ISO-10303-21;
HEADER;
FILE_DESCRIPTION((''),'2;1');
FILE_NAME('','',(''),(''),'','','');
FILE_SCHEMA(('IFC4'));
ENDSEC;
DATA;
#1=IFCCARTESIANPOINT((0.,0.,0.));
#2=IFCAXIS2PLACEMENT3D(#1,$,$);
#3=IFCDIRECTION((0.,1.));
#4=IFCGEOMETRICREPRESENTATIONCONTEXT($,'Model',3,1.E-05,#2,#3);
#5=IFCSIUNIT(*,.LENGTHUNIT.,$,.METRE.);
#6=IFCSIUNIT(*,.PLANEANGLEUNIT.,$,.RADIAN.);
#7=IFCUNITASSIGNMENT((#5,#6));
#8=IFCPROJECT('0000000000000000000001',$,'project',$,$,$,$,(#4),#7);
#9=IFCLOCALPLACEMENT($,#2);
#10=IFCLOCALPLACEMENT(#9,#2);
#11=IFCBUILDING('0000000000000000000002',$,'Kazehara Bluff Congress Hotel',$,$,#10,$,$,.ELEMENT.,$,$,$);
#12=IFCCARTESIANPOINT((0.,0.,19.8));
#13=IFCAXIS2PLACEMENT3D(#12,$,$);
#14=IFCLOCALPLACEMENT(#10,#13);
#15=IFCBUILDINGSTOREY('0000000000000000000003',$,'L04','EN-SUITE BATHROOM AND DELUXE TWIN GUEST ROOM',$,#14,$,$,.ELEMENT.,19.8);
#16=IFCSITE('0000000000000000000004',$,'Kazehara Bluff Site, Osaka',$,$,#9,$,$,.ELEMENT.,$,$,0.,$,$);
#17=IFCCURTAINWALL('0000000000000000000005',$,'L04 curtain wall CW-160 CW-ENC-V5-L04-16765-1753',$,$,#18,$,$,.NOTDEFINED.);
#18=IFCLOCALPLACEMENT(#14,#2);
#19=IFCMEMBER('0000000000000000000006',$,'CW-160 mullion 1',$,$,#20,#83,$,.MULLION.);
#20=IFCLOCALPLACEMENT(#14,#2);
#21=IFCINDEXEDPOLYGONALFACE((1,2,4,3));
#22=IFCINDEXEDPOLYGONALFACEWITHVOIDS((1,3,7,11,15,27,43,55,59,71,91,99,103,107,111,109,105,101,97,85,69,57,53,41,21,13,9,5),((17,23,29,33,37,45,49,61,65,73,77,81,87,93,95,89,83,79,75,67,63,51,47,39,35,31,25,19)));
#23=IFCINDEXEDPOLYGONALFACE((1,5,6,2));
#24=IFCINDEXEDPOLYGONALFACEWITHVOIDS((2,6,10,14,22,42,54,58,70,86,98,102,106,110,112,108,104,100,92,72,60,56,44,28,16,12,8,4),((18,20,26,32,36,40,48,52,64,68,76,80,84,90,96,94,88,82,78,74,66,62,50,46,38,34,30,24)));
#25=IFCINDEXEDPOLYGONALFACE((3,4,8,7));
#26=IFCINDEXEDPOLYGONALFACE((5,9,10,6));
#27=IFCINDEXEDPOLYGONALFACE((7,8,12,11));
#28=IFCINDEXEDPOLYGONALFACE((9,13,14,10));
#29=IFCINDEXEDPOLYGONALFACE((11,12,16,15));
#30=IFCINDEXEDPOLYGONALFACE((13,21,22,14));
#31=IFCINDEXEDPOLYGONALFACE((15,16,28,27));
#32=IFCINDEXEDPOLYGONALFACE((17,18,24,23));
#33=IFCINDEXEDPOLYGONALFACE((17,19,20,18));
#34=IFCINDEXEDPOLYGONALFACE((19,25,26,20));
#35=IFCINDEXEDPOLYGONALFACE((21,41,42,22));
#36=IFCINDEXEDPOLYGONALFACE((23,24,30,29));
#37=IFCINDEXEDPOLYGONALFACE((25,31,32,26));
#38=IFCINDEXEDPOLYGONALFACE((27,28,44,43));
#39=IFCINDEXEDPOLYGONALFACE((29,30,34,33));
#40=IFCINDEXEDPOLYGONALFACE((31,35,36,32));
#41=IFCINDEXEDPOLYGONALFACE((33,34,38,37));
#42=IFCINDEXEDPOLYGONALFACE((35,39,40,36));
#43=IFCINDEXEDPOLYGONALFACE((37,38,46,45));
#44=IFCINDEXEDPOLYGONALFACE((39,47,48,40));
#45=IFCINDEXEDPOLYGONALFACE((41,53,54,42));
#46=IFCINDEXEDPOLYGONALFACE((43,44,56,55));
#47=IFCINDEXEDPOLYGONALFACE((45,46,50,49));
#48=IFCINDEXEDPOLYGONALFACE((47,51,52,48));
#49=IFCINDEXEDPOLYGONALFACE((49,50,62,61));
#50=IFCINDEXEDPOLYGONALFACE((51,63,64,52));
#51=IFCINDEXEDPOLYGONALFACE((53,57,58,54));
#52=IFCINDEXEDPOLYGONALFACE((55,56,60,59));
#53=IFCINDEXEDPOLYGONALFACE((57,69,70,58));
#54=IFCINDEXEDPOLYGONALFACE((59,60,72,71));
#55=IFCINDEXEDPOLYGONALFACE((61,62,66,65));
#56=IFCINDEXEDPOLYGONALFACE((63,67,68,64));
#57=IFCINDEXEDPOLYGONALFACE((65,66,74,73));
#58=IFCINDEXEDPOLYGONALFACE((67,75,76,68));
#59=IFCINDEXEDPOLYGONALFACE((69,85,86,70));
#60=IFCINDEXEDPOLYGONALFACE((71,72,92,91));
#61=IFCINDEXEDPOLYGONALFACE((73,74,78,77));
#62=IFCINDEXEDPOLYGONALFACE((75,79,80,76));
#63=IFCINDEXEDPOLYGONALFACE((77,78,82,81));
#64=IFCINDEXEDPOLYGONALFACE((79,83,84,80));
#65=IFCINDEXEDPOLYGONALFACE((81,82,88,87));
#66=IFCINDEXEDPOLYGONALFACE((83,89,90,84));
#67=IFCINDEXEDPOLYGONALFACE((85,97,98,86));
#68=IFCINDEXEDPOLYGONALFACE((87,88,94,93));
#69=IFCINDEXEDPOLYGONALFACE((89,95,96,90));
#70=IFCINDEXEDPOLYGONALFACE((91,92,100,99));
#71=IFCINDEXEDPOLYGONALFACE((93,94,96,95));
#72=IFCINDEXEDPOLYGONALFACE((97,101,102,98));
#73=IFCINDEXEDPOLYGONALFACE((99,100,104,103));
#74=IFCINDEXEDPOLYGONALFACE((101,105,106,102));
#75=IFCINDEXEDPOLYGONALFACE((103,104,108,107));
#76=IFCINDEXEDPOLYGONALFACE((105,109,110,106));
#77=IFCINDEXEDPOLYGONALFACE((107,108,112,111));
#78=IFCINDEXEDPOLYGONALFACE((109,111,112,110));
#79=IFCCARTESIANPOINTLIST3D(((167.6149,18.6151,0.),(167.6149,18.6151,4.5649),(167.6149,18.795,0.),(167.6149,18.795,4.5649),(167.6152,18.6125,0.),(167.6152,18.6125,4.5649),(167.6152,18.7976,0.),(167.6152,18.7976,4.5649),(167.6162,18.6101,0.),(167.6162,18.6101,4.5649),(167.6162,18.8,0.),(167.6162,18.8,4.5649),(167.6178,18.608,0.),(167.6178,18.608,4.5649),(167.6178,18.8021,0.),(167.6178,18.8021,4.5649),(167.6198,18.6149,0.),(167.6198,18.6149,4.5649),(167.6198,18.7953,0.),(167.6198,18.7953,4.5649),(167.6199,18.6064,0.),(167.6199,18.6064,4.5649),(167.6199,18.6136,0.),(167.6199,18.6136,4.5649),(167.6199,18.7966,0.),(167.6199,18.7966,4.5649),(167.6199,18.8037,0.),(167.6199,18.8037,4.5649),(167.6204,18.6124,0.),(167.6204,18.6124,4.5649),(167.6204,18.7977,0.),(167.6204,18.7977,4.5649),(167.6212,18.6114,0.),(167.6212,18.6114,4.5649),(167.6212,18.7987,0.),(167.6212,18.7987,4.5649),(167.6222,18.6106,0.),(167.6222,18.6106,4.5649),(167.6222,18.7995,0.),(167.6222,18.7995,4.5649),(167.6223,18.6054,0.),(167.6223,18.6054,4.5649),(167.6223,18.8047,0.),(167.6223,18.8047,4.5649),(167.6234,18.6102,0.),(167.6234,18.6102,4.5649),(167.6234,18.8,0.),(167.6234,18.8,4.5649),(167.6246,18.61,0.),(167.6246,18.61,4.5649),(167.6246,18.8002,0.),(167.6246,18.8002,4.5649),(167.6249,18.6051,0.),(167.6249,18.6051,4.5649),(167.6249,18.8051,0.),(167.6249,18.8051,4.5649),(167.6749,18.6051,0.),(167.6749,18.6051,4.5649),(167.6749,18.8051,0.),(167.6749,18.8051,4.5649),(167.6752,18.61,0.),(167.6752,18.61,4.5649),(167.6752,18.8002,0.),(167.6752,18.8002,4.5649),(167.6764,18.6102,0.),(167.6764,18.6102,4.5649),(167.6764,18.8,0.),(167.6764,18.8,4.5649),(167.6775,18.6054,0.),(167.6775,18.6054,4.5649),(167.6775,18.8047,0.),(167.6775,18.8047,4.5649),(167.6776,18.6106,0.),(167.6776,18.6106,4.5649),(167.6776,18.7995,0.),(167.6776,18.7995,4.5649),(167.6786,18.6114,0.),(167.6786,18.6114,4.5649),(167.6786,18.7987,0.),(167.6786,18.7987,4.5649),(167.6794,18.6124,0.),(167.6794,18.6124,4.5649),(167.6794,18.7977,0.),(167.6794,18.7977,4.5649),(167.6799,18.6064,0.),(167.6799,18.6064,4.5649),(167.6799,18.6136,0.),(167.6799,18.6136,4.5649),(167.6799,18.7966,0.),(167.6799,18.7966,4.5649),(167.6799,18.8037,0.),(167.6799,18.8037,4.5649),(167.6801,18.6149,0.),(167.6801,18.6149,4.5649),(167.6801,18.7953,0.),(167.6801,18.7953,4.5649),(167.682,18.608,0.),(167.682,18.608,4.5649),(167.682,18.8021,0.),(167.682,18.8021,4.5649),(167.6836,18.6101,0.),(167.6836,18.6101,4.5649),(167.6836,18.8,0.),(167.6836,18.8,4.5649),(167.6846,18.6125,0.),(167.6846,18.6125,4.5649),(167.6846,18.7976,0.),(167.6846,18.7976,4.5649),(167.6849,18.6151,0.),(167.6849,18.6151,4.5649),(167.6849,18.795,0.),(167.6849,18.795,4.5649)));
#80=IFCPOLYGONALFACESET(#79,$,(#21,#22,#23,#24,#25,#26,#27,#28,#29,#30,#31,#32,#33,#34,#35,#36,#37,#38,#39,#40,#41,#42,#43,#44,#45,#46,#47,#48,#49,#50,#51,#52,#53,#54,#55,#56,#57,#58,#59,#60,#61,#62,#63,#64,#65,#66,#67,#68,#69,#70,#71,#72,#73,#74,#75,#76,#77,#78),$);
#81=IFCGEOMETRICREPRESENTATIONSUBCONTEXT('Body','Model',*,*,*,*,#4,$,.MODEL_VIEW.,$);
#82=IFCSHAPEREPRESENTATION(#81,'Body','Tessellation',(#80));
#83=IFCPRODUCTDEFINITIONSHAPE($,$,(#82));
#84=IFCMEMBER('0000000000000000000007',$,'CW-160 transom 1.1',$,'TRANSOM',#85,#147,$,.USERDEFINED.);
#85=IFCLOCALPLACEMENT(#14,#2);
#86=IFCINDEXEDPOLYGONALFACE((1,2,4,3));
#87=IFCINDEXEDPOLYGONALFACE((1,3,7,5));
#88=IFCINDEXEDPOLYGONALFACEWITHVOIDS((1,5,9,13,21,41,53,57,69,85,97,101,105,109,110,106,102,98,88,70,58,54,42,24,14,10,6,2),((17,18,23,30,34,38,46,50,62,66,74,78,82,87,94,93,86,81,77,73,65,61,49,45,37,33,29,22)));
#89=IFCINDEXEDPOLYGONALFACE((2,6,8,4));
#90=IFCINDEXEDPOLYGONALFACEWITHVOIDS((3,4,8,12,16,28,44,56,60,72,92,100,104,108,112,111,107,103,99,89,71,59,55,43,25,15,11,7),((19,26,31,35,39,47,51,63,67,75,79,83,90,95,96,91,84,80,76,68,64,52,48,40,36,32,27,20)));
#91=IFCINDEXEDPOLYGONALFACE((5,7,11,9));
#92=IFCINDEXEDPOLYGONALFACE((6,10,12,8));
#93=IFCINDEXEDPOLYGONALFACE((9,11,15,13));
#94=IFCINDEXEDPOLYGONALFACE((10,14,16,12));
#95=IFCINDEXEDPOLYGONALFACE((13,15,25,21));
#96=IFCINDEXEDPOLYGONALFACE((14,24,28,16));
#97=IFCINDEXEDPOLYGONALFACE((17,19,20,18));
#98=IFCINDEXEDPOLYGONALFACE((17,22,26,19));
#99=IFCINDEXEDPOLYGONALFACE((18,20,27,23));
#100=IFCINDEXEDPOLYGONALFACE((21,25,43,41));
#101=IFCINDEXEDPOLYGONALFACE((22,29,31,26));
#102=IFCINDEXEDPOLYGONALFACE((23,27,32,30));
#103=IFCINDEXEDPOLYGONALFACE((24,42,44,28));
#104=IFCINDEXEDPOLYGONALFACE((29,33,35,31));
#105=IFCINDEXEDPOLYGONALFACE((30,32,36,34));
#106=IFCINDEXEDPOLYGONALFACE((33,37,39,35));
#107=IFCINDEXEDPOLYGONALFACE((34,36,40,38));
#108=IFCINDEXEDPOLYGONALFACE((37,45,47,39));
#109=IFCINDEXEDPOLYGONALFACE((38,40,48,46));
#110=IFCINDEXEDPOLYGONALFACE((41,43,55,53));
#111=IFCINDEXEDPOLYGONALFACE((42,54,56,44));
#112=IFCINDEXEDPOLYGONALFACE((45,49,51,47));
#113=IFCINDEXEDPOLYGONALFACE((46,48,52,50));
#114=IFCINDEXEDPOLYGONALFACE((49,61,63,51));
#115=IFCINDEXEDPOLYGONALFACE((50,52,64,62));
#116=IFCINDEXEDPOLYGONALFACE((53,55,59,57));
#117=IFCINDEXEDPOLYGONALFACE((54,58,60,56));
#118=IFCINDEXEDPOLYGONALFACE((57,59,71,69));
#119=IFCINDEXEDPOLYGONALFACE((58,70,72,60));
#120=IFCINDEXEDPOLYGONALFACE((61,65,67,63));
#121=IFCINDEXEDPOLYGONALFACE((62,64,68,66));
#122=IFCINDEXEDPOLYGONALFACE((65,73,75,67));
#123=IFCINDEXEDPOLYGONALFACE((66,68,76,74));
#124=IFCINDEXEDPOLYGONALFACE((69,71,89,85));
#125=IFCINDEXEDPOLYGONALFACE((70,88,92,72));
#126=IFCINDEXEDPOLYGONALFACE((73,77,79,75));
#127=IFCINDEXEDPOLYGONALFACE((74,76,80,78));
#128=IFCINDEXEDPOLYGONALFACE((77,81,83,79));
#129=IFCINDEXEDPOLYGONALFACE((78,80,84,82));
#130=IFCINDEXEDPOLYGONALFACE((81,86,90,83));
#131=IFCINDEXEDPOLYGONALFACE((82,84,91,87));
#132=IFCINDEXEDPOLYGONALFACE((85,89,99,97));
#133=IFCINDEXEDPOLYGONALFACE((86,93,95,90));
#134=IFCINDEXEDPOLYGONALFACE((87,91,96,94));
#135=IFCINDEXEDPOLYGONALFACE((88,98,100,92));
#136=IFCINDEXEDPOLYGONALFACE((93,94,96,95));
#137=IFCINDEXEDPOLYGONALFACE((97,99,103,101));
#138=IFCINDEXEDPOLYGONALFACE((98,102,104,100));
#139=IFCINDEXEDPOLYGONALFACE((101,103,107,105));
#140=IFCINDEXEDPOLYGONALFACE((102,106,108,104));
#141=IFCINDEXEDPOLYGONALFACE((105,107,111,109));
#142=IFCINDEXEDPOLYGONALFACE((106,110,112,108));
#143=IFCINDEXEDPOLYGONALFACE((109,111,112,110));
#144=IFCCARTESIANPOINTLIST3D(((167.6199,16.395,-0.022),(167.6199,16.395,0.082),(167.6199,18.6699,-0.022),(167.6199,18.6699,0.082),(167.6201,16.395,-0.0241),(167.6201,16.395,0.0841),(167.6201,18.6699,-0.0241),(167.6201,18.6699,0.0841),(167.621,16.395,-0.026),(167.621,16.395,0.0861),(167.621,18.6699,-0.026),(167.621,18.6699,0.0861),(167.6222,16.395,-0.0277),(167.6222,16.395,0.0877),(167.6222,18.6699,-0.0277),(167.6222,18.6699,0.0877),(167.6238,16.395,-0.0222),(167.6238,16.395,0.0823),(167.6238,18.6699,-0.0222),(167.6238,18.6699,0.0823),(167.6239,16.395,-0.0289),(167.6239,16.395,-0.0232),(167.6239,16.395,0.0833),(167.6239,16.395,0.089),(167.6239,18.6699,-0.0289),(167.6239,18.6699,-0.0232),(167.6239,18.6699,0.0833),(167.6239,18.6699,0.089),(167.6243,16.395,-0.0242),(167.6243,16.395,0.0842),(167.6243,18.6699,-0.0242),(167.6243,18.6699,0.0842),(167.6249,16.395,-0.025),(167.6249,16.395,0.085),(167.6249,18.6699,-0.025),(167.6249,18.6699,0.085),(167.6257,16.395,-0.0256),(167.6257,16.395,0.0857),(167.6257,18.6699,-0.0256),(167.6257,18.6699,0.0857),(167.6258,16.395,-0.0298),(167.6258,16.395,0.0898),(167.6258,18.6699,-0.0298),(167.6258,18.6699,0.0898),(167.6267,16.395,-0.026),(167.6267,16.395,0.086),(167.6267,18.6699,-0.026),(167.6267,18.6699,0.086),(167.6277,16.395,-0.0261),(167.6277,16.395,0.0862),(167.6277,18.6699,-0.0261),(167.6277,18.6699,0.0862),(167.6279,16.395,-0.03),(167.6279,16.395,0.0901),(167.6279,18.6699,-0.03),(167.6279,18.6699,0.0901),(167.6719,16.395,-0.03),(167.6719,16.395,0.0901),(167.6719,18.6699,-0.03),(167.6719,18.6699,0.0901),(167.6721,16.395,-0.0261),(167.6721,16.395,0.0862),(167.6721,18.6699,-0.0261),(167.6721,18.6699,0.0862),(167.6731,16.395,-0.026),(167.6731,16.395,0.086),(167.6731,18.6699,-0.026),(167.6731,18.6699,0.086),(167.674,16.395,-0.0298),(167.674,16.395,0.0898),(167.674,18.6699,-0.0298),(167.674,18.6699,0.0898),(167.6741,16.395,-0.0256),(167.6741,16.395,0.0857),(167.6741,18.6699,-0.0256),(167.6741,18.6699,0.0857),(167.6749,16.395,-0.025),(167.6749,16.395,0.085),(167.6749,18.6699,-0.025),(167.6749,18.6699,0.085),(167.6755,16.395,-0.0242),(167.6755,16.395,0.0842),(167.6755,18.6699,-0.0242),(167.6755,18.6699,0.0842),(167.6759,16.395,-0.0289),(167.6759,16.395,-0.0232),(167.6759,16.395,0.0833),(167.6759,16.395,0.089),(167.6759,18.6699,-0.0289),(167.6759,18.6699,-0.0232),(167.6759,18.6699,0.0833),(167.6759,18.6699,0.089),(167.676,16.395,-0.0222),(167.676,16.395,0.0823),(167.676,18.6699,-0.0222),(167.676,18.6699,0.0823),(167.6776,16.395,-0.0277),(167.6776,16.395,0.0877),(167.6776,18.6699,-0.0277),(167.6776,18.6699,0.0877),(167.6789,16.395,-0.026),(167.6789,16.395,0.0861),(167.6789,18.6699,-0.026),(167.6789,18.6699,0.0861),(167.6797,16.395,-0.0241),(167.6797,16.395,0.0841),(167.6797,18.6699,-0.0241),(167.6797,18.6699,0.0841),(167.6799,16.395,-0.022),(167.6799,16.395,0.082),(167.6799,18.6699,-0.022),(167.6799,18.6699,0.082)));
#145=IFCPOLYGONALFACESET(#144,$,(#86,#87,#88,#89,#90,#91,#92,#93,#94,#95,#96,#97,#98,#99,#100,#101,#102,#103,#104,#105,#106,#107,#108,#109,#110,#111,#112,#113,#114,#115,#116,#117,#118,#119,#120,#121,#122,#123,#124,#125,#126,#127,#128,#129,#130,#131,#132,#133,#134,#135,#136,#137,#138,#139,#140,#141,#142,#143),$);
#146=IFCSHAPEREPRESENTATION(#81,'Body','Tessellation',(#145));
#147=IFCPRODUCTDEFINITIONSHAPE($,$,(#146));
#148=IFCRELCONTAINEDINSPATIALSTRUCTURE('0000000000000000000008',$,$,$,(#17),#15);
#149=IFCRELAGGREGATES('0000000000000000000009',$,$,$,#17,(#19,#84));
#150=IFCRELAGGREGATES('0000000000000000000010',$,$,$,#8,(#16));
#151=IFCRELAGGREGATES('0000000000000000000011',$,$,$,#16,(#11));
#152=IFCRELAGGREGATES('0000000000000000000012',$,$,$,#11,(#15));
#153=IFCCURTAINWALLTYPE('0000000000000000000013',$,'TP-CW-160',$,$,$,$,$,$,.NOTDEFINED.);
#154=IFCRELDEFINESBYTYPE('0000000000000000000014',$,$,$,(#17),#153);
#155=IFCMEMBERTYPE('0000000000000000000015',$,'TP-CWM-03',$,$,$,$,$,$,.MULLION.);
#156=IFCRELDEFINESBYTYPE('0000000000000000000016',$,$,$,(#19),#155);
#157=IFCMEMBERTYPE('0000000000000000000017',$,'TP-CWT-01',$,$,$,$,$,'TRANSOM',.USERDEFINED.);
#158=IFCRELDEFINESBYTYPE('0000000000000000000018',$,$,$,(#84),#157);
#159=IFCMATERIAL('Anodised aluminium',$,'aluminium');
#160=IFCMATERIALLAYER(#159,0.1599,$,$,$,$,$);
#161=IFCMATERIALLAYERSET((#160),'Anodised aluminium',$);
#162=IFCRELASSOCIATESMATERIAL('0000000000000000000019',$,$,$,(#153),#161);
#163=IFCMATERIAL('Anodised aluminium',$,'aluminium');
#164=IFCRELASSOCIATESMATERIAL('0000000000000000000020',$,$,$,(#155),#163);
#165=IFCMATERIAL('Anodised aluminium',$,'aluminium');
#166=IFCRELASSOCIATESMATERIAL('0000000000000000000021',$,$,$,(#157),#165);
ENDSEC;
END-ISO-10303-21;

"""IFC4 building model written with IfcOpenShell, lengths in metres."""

from ifc_helpers import new_model, si_unit, direction, frame, origin, origin_2d, place, context, subcontext, project, spatial, hollow_rectangle, extrude, material, layer, layer_set, material_profile, profile_set, type_object, element, aggregate, save


model = new_model("IFC4")

# Units and contexts
model_context = context("Model", 3, precision=1e-05, world=origin(), true_north=direction((0.0, 1.0)))
body_context = subcontext(model_context, "Body", "Model", "MODEL_VIEW")
ifc_project = project(units=[si_unit("LENGTHUNIT", "METRE"), si_unit("PLANEANGLEUNIT", "RADIAN")], contexts=[model_context])

# Site, building, storey
site_placement = place(None, origin())
site = spatial("IfcSite", under=ifc_project, at=site_placement, Name="Kazehara Bluff Site, Osaka", CompositionType="ELEMENT", RefElevation=0.0)
building_placement = place(site_placement, origin())
building = spatial("IfcBuilding", under=site, at=building_placement, Name="Kazehara Bluff Congress Hotel", CompositionType="ELEMENT")
storey_placement = place(building_placement, frame((0.0, 0.0, 19.8)))
storey = spatial("IfcBuildingStorey", under=building, at=storey_placement, Name="L04", Description="EN-SUITE BATHROOM AND DELUXE TWIN GUEST ROOM", CompositionType="ELEMENT", Elevation=19.8)

# Curtain wall, members
ifc_material_1 = material(Name="Anodised aluminium", Category="aluminium")
ifc_layer_1 = layer(ifc_material_1, 0.1599)
ifc_layer_set_1 = layer_set([ifc_layer_1], Name="Anodised aluminium")
curtain_wall_type = type_object("IfcCurtainWallType", Name="TP-CW-160", PredefinedType="NOTDEFINED", material=ifc_layer_set_1)
curtain_wall_placement = place(storey_placement, origin())
curtain_wall = element("IfcCurtainWall", 1, at=curtain_wall_placement, inside=storey, type_object=curtain_wall_type, Name="L04 curtain wall CW-160 CW-ENC-V5-L04-16765-1753", PredefinedType="NOTDEFINED")
ifc_material_2 = material(Name="Anodised aluminium", Category="aluminium")
ifc_material_profile_1 = material_profile(ifc_material_2, hollow_rectangle(XDim=0.0701, YDim=0.2, WallThickness=0.0049, InnerFilletRadius=0.0049, OuterFilletRadius=0.01, at=origin_2d()))
ifc_profile_set_1 = profile_set([ifc_material_profile_1], Name="Anodised aluminium")
member_type_1 = type_object("IfcMemberType", Name="TP-CWM-03", PredefinedType="MULLION", material=ifc_profile_set_1)
member_1_placement = place(storey_placement, frame((167.6499, 18.7051, 0.0), z_axis=(0.0, 0.0, 1.0), x_axis=(1.0, 0.0, 0.0)))
member_1 = element("IfcMember", 2, at=member_1_placement, type_object=member_type_1, Name="CW-160 mullion 1", PredefinedType="MULLION", context=body_context, shape_type="SweptSolid", body=[
    extrude(hollow_rectangle(XDim=0.0701, YDim=0.2, WallThickness=0.0049, InnerFilletRadius=0.0049, OuterFilletRadius=0.01, at=origin_2d()), origin(), (0.0, 0.0, 1.0), 4.5649),
])
ifc_material_3 = material(Name="Anodised aluminium", Category="aluminium")
ifc_material_profile_2 = material_profile(ifc_material_3, hollow_rectangle(XDim=0.0601, YDim=0.1201, WallThickness=0.0039, InnerFilletRadius=0.0039, OuterFilletRadius=0.0081, at=origin_2d()))
ifc_profile_set_2 = profile_set([ifc_material_profile_2], Name="Anodised aluminium")
member_type_2 = type_object("IfcMemberType", Name="TP-CWT-01", ElementType="TRANSOM", PredefinedType="USERDEFINED", material=ifc_profile_set_2)
member_2_placement = place(storey_placement, frame((167.6499, 18.6699, 0.03), z_axis=(0.0, -1.0, 0.0), x_axis=(1.0, 0.0, 0.0)))
member_2 = element("IfcMember", 3, at=member_2_placement, type_object=member_type_2, Name="CW-160 transom 1.1", ObjectType="TRANSOM", PredefinedType="USERDEFINED", context=body_context, shape_type="SweptSolid", body=[
    extrude(hollow_rectangle(XDim=0.0601, YDim=0.1201, WallThickness=0.0039, InnerFilletRadius=0.0039, OuterFilletRadius=0.0081, at=origin_2d()), origin(), (0.0, 0.0, 1.0), 2.2749),
])
aggregate(curtain_wall, [member_1, member_2])

save(model, "model.ifc")
